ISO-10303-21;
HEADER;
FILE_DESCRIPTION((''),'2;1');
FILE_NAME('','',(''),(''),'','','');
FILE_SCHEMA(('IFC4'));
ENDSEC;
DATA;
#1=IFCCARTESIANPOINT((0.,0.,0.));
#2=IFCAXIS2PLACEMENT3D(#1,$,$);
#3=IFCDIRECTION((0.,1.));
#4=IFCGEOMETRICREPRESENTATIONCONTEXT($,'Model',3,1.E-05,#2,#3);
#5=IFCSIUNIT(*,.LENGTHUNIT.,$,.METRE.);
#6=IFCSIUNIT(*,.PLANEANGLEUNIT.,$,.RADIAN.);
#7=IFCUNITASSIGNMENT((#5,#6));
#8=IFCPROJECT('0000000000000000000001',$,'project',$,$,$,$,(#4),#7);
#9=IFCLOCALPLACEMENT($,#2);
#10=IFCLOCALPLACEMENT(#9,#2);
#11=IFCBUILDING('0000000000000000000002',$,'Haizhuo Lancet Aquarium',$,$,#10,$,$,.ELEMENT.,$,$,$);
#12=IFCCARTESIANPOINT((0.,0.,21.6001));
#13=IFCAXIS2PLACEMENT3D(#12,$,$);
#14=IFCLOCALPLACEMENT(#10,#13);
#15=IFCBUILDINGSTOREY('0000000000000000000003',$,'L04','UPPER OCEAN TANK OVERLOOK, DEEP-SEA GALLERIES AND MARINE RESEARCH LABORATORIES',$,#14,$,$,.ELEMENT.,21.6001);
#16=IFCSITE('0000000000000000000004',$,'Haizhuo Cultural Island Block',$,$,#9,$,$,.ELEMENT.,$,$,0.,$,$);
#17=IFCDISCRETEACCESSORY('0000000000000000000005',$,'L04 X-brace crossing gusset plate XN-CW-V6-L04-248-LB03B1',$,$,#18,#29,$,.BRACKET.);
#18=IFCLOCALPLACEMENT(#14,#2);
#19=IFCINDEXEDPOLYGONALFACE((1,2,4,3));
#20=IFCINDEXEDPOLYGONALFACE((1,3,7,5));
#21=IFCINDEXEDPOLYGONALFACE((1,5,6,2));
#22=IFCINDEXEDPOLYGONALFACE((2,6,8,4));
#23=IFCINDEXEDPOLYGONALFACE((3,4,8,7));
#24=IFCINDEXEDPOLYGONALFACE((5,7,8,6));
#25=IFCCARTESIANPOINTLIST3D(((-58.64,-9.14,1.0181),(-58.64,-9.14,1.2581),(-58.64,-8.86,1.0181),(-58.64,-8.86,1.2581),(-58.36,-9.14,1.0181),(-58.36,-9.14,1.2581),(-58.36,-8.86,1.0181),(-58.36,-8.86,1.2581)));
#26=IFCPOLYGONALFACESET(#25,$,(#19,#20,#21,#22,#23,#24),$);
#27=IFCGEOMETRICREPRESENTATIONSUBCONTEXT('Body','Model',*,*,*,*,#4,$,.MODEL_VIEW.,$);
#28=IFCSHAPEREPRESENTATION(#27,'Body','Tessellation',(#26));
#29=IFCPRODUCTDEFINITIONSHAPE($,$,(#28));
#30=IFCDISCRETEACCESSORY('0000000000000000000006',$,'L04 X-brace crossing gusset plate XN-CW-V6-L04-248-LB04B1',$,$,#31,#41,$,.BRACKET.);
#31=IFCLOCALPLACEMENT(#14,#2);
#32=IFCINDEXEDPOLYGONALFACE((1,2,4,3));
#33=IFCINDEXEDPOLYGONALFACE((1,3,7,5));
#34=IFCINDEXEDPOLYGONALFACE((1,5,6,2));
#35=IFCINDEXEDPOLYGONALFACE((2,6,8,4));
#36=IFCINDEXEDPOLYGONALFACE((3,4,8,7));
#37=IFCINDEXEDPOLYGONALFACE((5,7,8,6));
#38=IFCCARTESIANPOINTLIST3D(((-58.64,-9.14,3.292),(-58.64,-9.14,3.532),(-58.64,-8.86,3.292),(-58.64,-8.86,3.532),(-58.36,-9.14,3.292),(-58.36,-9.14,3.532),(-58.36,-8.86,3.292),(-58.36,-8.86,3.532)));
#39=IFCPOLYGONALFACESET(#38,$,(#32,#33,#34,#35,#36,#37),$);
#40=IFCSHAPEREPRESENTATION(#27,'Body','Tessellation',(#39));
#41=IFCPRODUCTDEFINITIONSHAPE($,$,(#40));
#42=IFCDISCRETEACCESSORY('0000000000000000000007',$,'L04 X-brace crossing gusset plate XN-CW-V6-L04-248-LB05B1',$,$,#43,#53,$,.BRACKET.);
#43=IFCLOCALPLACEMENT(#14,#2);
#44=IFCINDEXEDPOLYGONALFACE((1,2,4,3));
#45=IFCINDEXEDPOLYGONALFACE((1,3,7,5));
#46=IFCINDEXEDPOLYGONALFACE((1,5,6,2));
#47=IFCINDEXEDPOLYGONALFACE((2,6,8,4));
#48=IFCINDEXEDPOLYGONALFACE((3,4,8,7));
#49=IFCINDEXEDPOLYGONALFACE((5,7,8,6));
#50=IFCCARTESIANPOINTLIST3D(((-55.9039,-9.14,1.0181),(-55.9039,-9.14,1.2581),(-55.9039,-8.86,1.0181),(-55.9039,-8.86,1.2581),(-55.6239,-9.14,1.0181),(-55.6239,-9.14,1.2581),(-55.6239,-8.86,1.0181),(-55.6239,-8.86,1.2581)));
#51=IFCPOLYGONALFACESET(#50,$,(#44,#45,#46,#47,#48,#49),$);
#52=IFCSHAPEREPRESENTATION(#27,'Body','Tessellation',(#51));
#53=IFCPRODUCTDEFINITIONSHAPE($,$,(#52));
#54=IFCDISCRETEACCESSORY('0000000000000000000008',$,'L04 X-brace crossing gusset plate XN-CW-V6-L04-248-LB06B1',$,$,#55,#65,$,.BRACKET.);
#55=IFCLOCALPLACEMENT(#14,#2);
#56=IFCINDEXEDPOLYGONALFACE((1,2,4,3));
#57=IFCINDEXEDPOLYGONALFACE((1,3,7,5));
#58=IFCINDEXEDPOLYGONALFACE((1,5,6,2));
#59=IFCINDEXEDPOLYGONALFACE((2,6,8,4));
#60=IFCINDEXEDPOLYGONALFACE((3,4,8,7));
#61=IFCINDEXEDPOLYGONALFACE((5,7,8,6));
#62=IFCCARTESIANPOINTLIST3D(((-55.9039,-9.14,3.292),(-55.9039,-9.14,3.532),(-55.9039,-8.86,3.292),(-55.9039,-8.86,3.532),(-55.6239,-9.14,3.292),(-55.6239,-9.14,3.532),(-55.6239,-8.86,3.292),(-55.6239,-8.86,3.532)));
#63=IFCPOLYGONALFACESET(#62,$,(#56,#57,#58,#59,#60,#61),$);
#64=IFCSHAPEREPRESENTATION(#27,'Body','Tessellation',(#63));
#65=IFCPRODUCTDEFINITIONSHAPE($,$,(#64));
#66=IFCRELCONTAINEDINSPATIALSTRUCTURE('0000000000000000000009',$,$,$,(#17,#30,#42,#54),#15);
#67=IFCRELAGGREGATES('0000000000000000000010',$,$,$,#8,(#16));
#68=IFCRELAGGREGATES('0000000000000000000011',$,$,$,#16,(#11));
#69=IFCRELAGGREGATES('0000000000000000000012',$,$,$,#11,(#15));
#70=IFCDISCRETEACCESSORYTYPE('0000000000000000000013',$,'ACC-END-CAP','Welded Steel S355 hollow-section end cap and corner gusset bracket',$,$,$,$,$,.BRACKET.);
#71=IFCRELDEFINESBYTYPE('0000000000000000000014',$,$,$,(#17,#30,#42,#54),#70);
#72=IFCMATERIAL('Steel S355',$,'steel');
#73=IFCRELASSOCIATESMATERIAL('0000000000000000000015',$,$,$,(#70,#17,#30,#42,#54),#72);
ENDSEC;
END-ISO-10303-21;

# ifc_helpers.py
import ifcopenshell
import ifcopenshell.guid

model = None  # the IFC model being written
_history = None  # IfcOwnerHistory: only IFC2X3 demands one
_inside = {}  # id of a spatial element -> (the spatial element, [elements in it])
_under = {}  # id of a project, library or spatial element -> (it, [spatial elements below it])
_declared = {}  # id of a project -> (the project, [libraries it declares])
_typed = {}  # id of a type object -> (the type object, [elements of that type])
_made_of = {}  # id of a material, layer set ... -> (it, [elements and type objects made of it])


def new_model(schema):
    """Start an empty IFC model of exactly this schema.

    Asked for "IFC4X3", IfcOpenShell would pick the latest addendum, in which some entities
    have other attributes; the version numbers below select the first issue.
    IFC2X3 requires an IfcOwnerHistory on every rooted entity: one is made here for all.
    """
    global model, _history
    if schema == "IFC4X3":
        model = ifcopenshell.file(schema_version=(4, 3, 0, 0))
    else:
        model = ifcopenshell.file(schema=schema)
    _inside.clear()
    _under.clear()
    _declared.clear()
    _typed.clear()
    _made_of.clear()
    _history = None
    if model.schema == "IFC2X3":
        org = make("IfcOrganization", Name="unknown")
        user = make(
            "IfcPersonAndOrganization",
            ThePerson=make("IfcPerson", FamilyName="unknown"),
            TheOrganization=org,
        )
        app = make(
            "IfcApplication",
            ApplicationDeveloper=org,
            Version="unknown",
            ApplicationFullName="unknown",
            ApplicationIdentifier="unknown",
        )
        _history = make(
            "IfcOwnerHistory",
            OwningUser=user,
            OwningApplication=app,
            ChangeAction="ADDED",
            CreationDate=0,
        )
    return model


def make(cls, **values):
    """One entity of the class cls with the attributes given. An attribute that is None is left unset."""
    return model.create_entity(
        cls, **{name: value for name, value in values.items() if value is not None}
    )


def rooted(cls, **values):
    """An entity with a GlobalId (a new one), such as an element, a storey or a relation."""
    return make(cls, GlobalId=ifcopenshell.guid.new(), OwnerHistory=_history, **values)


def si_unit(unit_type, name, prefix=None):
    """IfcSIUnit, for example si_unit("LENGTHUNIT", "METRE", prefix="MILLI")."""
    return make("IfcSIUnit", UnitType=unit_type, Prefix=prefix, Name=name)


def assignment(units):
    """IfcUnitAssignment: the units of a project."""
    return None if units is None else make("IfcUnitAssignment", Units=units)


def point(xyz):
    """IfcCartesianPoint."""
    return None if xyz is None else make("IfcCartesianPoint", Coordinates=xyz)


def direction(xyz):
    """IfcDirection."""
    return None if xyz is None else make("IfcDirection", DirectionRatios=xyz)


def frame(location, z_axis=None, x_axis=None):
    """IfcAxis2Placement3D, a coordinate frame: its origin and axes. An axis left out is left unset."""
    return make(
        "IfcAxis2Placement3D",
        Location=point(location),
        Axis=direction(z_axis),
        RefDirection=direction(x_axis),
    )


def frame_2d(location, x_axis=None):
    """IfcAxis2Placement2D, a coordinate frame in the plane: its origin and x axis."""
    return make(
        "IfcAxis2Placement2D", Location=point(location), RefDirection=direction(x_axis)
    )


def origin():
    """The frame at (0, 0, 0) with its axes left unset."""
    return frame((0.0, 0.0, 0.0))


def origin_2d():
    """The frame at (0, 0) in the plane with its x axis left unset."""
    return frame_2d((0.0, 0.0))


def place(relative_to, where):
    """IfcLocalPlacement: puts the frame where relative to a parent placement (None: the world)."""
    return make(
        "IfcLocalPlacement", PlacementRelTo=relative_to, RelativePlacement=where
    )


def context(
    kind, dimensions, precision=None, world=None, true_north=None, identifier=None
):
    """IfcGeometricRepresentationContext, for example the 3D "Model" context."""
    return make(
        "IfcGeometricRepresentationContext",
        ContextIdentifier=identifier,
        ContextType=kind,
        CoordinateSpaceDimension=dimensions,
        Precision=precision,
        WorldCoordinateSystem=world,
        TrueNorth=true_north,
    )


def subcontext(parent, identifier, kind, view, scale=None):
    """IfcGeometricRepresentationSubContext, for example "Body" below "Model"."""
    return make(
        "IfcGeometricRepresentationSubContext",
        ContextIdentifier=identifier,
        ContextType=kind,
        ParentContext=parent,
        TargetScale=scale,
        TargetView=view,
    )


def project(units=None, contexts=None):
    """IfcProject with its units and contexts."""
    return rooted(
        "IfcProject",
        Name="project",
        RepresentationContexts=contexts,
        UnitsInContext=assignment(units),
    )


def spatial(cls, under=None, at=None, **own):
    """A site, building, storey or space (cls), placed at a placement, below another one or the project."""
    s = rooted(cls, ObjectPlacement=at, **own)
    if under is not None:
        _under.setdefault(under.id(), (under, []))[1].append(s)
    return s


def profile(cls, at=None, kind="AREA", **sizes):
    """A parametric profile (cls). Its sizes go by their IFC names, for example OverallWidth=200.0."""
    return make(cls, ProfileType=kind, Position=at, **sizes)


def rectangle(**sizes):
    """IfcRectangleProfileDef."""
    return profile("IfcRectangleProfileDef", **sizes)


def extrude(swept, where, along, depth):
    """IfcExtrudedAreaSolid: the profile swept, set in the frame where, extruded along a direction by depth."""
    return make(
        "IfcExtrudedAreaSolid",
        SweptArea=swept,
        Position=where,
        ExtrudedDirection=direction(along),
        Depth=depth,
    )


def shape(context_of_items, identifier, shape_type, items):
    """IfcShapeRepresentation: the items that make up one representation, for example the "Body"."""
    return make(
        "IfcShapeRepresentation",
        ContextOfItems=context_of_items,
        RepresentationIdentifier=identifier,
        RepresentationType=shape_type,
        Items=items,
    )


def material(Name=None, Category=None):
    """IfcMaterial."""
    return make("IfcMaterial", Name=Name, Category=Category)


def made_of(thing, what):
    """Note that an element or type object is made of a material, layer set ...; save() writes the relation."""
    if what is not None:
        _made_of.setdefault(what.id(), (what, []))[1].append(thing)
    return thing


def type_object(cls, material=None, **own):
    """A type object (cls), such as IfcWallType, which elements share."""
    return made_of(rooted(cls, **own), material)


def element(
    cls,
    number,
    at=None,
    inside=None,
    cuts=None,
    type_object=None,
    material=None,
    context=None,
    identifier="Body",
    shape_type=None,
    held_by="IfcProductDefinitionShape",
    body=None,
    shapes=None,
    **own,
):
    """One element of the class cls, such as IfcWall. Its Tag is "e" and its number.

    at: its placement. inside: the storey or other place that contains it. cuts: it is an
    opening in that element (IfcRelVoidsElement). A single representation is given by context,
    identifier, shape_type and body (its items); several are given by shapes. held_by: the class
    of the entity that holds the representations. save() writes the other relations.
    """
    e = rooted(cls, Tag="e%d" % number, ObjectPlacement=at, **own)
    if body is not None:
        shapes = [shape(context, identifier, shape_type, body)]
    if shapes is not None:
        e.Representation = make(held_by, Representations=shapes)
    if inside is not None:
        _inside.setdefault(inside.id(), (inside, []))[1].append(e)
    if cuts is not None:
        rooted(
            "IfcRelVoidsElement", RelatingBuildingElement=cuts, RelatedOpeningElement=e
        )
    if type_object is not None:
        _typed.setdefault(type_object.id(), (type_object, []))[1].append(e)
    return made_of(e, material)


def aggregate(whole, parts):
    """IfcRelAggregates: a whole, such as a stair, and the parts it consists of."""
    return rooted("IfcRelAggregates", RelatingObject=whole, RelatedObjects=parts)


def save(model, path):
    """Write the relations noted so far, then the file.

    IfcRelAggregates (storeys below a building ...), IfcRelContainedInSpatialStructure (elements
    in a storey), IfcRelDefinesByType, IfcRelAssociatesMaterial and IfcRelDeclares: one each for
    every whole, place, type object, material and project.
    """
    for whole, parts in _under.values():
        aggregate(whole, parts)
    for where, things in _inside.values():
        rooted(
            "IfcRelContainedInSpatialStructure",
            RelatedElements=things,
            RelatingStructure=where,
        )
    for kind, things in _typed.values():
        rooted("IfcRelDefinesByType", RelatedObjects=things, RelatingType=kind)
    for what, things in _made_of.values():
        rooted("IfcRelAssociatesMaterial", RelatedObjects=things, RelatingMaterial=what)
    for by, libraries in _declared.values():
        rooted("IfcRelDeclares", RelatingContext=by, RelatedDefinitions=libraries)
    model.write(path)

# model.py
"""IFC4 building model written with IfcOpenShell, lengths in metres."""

from ifc_helpers import new_model, si_unit, direction, frame, origin, origin_2d, place, context, subcontext, project, spatial, rectangle, extrude, material, type_object, element, save


model = new_model("IFC4")

# Units and contexts
model_context = context("Model", 3, precision=1e-05, world=origin(), true_north=direction((0.0, 1.0)))
body_context = subcontext(model_context, "Body", "Model", "MODEL_VIEW")
ifc_project = project(units=[si_unit("LENGTHUNIT", "METRE"), si_unit("PLANEANGLEUNIT", "RADIAN")], contexts=[model_context])

# Site, building, storey
site_placement = place(None, origin())
site = spatial("IfcSite", under=ifc_project, at=site_placement, Name="Haizhuo Cultural Island Block", CompositionType="ELEMENT", RefElevation=0.0)
building_placement = place(site_placement, origin())
building = spatial("IfcBuilding", under=site, at=building_placement, Name="Haizhuo Lancet Aquarium", CompositionType="ELEMENT")
storey_placement = place(building_placement, frame((0.0, 0.0, 21.6001)))
storey = spatial("IfcBuildingStorey", under=building, at=storey_placement, Name="L04", Description="UPPER OCEAN TANK OVERLOOK, DEEP-SEA GALLERIES AND MARINE RESEARCH LABORATORIES", CompositionType="ELEMENT", Elevation=21.6001)

# Shared definitions
ifc_material_1 = material(Name="Steel S355", Category="steel")

# Discrete accessories
discrete_accessory_type = type_object("IfcDiscreteAccessoryType", Name="ACC-END-CAP", Description="Welded Steel S355 hollow-section end cap and corner gusset bracket", PredefinedType="BRACKET", material=ifc_material_1)
for number, where, z_axis, x_axis, name in (
    (1, (-58.5, -9.0, 1.0181), (0.0, 0.0, 1.0), (1.0, 0.0, 0.0), "L04 X-brace crossing gusset plate XN-CW-V6-L04-248-LB03B1"),
    (2, (-58.5, -9.0, 3.292), (0.0, 0.0, 1.0), (1.0, 0.0, 0.0), "L04 X-brace crossing gusset plate XN-CW-V6-L04-248-LB04B1"),
    (3, (-55.7639, -9.0, 1.0181), (0.0, 0.0, 1.0), (1.0, 0.0, 0.0), "L04 X-brace crossing gusset plate XN-CW-V6-L04-248-LB05B1"),
    (4, (-55.7639, -9.0, 3.292), (0.0, 0.0, 1.0), (1.0, 0.0, 0.0), "L04 X-brace crossing gusset plate XN-CW-V6-L04-248-LB06B1"),
):
    element("IfcDiscreteAccessory", number, at=place(storey_placement, frame(where, z_axis=z_axis, x_axis=x_axis)), inside=storey, type_object=discrete_accessory_type, material=ifc_material_1, Name=name, PredefinedType="BRACKET", context=body_context, shape_type="SweptSolid", body=[
        extrude(rectangle(XDim=0.28, YDim=0.28, at=origin_2d()), origin(), (0.0, 0.0, 1.0), 0.24),
    ])

save(model, "model.ifc")
